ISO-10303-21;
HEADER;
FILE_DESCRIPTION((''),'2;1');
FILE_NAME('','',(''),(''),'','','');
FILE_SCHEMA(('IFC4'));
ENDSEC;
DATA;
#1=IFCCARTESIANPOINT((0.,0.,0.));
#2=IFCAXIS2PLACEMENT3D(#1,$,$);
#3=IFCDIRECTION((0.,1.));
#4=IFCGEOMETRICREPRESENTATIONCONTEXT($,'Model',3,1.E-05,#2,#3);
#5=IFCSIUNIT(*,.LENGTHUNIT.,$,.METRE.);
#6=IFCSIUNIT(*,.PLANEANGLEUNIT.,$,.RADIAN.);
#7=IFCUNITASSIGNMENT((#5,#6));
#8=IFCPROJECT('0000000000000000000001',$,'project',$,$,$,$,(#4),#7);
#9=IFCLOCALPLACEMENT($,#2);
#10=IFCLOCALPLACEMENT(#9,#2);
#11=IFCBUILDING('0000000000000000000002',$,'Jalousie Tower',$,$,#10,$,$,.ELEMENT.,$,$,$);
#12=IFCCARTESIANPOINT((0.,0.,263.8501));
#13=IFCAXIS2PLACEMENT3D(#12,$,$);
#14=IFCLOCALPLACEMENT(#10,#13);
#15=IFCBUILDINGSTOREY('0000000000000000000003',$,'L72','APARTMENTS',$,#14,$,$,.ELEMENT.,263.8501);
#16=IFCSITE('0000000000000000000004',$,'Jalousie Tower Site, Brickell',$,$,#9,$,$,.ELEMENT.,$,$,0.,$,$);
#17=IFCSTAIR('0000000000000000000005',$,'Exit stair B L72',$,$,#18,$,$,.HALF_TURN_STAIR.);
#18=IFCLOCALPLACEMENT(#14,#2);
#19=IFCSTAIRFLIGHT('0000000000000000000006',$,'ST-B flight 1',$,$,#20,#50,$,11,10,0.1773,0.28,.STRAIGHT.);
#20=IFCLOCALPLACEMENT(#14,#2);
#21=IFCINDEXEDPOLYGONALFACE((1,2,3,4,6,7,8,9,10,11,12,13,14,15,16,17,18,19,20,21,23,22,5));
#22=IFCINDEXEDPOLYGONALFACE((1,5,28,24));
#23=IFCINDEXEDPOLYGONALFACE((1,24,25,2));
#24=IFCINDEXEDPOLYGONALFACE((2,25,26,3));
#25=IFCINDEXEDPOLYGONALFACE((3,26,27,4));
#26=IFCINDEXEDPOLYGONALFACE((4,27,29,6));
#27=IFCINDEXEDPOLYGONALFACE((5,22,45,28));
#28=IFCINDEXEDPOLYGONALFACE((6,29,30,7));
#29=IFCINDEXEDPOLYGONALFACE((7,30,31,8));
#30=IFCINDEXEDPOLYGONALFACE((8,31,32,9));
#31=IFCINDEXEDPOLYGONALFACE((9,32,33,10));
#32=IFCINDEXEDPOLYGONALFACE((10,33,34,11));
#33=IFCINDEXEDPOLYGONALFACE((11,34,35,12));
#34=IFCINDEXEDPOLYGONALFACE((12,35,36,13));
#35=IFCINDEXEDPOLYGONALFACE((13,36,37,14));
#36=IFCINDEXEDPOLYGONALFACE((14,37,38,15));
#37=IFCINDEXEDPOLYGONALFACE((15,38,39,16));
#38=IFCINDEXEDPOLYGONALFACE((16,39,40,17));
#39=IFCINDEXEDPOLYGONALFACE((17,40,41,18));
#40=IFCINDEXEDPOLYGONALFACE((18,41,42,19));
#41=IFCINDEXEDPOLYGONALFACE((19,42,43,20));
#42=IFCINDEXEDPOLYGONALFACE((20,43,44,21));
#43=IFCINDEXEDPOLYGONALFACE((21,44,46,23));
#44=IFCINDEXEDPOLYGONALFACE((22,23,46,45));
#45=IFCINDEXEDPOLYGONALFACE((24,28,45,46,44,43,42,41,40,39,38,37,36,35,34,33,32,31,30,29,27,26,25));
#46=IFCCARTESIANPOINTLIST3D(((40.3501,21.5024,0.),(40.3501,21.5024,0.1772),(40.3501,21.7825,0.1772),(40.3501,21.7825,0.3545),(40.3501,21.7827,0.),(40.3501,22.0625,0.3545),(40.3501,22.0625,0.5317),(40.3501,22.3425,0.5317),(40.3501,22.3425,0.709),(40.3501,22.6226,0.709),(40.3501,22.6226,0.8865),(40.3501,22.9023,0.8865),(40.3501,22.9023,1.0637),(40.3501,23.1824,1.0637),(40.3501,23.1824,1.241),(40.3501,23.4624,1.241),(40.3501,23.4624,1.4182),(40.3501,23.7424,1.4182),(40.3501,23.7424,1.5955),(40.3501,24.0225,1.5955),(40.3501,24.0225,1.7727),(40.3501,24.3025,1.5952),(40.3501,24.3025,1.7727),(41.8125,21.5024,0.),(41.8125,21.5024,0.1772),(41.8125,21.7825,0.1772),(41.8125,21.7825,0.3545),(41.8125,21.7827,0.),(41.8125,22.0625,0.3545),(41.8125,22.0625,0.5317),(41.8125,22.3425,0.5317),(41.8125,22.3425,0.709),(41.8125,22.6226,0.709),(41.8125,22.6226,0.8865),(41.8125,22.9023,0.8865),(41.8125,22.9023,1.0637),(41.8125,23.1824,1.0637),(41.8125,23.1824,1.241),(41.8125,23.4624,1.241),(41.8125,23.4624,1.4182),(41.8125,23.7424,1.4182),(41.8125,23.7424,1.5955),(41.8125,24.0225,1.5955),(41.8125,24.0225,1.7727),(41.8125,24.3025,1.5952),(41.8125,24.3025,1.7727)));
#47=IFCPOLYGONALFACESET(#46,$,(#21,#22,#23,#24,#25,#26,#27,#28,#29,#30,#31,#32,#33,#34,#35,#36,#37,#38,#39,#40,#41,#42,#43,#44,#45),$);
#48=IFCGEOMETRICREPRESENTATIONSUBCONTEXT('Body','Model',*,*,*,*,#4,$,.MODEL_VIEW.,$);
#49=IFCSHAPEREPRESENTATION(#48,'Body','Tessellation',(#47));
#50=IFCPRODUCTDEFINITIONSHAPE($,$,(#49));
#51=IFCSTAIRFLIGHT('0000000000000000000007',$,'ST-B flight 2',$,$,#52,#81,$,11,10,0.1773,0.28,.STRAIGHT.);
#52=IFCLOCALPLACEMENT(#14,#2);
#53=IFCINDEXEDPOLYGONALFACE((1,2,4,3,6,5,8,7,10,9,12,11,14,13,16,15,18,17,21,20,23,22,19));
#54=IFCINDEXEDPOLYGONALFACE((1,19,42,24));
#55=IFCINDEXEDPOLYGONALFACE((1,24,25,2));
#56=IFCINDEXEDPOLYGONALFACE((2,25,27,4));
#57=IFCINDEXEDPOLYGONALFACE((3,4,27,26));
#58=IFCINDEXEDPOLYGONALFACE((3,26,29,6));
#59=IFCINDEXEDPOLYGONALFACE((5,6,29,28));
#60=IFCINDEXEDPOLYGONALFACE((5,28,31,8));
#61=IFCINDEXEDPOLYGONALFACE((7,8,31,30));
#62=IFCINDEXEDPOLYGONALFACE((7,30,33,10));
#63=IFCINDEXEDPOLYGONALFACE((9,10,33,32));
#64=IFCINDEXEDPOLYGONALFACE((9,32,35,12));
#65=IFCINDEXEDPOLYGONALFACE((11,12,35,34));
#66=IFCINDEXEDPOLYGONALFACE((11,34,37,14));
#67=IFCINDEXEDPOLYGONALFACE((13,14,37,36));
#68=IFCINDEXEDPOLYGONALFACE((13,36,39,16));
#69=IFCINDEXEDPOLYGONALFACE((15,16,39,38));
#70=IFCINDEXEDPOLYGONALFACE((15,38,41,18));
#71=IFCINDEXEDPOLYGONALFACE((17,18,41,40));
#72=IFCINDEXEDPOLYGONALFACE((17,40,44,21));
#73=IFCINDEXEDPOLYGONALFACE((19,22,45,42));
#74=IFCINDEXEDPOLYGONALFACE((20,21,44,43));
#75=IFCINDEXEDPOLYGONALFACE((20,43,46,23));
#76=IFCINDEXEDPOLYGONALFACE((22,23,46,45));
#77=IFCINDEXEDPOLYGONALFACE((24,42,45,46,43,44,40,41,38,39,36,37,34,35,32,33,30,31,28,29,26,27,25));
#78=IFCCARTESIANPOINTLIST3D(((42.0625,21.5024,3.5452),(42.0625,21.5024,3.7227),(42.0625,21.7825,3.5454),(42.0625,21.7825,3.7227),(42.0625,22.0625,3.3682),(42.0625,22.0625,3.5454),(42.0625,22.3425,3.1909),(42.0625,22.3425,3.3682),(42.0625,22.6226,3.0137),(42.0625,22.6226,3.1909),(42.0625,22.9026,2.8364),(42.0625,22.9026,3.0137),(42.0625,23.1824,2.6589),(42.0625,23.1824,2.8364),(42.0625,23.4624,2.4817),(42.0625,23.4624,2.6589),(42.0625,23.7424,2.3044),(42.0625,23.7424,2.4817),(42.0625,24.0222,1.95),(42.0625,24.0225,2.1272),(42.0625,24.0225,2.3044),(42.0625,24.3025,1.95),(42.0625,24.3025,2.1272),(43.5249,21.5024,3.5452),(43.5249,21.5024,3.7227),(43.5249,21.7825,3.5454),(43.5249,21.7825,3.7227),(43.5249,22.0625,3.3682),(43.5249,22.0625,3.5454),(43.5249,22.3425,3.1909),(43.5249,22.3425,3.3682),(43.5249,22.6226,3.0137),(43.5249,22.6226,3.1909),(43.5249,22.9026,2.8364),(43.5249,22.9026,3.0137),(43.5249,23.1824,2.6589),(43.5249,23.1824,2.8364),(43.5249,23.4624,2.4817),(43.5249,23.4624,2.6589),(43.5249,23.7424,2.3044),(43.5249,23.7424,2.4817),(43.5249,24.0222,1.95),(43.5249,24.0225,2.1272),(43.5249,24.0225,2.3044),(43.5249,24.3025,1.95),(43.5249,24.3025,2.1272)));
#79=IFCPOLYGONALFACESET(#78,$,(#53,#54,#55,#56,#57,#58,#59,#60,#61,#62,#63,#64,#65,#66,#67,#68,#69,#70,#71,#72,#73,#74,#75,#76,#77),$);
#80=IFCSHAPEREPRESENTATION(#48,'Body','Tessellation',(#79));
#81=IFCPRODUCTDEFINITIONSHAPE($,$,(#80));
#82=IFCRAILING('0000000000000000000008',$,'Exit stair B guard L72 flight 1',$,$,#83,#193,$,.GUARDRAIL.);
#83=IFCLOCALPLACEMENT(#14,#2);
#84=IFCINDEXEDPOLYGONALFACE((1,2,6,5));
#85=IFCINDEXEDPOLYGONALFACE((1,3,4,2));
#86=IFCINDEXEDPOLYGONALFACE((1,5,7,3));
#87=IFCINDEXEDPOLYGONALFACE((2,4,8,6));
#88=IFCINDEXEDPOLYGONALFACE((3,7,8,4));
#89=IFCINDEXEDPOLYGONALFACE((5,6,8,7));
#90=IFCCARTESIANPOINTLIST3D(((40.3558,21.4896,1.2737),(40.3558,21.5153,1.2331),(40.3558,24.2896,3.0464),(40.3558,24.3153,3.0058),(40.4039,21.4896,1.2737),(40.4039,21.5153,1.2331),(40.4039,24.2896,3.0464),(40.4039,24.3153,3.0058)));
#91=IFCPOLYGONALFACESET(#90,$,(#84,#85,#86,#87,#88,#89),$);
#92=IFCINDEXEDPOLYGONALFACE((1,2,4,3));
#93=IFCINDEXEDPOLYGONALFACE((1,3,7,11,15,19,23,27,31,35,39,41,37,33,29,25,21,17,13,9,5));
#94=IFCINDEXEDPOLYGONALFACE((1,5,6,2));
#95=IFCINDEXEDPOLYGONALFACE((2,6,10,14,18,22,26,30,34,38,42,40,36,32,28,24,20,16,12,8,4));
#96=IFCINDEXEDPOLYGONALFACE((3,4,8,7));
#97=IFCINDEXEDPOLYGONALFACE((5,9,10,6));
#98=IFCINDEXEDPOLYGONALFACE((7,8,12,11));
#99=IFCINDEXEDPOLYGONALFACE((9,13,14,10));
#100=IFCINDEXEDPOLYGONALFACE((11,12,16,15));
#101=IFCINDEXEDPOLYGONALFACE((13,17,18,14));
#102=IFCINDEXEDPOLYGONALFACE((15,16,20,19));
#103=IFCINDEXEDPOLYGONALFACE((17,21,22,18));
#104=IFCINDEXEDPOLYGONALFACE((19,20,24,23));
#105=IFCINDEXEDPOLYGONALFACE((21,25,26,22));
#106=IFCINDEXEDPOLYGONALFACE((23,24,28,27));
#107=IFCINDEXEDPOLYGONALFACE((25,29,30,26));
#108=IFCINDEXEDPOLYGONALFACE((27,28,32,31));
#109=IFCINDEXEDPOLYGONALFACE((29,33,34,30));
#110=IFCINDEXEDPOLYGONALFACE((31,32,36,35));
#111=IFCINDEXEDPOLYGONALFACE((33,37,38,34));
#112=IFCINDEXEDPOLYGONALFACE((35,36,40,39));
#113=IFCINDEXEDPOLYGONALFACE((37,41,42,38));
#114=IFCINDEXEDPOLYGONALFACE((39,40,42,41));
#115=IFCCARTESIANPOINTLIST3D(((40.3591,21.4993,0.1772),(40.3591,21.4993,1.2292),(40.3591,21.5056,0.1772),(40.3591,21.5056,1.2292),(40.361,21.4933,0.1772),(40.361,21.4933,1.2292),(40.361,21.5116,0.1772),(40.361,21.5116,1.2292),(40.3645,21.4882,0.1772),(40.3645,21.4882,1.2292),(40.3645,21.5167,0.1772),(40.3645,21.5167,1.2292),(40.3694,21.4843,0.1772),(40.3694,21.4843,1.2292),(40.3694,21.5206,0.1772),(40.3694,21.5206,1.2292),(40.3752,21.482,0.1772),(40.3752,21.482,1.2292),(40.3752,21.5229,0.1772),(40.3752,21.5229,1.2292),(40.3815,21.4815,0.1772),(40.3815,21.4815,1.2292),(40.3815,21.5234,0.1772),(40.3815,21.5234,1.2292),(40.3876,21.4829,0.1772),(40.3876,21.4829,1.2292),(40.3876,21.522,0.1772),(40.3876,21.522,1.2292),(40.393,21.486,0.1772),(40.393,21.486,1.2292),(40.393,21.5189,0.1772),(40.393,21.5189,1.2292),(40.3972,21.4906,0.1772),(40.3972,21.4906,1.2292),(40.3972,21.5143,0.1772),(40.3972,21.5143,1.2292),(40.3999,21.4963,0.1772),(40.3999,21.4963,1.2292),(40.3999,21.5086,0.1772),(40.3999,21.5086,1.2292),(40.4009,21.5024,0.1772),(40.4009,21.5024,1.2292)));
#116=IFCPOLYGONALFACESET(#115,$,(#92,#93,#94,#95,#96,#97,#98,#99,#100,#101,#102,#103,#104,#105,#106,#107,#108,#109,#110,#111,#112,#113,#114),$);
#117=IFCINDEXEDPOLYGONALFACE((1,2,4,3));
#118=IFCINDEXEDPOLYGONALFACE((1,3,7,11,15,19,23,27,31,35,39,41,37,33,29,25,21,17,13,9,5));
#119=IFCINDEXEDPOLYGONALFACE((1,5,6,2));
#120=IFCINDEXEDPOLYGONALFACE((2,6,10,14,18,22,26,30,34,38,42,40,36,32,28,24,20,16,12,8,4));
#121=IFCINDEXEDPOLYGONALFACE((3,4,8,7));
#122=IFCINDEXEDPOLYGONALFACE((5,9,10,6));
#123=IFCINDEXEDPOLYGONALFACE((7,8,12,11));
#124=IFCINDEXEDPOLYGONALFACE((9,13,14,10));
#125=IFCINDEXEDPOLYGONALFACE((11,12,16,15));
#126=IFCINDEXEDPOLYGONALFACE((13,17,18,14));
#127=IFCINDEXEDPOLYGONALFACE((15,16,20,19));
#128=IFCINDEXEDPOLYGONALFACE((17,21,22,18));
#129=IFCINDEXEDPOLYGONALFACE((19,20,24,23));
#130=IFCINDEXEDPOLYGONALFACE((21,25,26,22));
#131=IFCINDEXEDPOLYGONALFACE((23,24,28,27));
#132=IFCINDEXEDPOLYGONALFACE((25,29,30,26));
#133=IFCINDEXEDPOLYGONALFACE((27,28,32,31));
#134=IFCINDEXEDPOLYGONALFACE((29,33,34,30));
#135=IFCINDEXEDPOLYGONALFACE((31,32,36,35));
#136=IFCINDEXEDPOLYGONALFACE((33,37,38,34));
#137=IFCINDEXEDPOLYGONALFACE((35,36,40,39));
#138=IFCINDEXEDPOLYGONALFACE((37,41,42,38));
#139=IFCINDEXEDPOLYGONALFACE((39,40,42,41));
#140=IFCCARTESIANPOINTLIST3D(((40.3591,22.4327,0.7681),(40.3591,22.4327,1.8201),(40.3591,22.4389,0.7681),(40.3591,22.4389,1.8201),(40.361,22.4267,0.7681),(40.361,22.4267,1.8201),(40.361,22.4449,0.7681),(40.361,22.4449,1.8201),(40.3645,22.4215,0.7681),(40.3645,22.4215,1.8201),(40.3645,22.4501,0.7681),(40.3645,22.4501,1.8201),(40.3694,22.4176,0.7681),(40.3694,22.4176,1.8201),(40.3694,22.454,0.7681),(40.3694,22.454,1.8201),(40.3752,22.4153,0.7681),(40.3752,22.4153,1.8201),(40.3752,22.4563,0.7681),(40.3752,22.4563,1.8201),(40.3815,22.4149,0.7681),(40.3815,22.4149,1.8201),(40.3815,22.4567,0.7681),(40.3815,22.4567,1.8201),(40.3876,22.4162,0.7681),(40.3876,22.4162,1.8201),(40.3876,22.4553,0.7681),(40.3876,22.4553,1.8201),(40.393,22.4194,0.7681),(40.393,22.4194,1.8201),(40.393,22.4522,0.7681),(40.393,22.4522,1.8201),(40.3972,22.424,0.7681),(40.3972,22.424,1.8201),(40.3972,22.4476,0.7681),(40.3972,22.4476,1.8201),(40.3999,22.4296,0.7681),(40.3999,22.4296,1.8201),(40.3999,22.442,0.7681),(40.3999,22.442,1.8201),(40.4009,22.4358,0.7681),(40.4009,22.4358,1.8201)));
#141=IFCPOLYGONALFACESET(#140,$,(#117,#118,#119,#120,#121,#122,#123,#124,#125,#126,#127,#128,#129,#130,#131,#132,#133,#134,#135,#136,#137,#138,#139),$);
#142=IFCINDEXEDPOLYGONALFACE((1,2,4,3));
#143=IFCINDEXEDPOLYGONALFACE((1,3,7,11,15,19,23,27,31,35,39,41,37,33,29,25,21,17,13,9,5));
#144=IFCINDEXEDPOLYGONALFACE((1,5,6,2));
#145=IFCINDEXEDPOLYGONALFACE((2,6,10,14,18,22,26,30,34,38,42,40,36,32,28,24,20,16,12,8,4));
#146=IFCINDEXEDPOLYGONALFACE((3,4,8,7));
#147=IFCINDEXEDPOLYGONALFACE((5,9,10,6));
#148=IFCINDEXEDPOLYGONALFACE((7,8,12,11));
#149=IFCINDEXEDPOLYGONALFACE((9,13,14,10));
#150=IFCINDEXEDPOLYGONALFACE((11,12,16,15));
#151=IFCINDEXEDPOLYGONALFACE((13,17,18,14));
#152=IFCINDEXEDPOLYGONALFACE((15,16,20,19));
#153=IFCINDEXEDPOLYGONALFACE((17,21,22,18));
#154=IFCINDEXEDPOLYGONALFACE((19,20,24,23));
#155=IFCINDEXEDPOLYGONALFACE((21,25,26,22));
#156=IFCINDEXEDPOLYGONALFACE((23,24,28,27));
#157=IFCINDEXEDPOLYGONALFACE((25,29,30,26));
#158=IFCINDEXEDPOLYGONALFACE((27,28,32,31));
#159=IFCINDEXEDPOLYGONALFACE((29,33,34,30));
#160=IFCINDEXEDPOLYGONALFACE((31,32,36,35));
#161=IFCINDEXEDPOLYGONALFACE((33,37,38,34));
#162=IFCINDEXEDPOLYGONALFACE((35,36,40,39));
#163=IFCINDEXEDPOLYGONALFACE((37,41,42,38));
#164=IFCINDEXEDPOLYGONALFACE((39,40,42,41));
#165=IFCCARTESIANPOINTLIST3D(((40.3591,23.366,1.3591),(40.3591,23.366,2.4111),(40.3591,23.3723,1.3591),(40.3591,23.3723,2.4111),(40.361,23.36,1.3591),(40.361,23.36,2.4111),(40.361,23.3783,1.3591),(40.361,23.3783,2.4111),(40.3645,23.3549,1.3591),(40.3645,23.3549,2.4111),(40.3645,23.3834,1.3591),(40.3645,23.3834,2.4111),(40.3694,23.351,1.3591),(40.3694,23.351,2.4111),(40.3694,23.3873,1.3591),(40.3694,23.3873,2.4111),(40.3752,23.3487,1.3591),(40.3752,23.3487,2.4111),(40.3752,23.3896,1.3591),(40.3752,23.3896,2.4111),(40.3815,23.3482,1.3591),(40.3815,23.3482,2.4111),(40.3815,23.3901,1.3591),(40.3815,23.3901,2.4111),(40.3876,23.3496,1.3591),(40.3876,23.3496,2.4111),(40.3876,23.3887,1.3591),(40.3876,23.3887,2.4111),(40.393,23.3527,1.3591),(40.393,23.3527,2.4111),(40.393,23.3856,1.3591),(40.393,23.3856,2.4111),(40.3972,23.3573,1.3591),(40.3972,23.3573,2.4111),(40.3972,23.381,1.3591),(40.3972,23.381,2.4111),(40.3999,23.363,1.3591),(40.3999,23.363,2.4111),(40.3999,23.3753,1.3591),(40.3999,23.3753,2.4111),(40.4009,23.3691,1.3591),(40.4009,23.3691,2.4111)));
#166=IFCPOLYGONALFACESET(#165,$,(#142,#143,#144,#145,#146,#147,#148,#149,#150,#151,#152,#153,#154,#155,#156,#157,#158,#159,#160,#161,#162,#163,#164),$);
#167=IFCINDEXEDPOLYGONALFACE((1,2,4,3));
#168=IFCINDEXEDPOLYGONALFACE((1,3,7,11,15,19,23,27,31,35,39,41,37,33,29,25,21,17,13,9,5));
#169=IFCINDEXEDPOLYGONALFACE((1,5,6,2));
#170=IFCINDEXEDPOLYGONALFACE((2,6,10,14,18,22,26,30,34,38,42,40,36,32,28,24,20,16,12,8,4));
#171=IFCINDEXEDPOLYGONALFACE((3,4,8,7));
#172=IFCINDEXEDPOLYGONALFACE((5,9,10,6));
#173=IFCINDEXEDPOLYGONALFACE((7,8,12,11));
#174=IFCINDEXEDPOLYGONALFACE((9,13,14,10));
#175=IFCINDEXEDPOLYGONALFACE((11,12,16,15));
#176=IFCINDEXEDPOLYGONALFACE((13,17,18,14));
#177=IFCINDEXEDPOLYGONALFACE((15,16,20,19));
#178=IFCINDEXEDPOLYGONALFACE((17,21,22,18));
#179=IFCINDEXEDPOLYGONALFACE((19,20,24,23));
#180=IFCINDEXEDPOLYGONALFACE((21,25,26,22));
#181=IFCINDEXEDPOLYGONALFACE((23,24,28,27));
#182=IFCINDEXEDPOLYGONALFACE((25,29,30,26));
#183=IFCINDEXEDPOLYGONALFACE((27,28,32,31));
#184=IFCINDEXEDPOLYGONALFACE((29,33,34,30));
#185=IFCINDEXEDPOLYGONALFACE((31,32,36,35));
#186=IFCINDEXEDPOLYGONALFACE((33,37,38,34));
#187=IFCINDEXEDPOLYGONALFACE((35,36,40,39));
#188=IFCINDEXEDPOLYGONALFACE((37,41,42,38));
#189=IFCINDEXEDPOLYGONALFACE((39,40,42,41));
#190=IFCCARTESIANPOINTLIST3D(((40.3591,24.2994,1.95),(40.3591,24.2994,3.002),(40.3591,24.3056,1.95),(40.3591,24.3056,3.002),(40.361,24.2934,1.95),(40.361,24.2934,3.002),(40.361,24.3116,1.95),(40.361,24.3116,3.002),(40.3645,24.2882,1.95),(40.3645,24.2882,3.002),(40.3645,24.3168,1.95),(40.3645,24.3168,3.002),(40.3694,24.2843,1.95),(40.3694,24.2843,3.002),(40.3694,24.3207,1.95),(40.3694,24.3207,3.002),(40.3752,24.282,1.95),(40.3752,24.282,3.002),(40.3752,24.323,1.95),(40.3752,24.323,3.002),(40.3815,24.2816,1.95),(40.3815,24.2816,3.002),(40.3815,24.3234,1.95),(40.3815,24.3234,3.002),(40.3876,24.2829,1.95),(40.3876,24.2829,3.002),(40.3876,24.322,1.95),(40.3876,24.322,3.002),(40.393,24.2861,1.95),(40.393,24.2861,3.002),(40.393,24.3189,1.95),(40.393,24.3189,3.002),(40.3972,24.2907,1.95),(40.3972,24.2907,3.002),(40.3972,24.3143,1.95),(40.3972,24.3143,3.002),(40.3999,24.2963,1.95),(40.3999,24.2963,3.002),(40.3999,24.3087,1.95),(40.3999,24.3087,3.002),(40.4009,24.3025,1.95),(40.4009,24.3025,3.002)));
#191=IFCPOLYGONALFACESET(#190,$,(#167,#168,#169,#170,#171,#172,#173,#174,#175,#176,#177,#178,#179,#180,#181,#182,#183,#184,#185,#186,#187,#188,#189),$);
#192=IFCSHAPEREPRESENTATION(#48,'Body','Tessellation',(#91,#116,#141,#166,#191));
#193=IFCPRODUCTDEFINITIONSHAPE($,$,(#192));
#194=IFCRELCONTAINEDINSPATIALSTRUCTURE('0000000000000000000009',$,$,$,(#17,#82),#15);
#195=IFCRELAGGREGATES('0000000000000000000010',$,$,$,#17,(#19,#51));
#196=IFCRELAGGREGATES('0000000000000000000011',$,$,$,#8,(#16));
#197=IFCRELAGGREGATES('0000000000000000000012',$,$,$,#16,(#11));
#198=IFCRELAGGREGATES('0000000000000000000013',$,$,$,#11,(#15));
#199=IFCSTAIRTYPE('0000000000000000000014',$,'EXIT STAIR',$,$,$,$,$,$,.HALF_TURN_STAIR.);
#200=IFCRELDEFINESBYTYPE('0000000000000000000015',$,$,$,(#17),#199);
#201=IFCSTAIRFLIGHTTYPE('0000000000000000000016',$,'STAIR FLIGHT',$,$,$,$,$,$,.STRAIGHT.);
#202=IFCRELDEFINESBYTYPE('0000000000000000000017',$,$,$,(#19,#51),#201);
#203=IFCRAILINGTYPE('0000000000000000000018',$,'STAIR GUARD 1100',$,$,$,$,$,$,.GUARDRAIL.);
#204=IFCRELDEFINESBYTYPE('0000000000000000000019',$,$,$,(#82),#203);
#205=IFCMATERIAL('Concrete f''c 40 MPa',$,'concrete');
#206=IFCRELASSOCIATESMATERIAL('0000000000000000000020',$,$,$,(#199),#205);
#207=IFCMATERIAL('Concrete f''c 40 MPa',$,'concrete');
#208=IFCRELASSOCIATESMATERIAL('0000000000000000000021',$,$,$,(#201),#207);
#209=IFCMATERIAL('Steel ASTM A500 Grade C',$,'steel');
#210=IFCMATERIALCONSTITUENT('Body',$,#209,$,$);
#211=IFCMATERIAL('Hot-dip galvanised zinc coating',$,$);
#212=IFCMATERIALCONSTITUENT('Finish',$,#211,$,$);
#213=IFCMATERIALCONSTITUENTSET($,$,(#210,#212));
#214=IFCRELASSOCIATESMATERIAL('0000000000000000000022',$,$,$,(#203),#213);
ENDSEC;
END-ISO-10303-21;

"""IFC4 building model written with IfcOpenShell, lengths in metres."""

from ifc_helpers import new_model, si_unit, direction, frame, origin, origin_2d, place, context, subcontext, project, spatial, polyline, rectangle, circle, outline, extrude, material, constituent, constituent_set, type_object, element, aggregate, save


model = new_model("IFC4")

# Units and contexts
model_context = context("Model", 3, precision=1e-05, world=origin(), true_north=direction((0.0, 1.0)))
body_context = subcontext(model_context, "Body", "Model", "MODEL_VIEW")
ifc_project = project(units=[si_unit("LENGTHUNIT", "METRE"), si_unit("PLANEANGLEUNIT", "RADIAN")], contexts=[model_context])

# Site, building, storey
site_placement = place(None, origin())
site = spatial("IfcSite", under=ifc_project, at=site_placement, Name="Jalousie Tower Site, Brickell", CompositionType="ELEMENT", RefElevation=0.0)
building_placement = place(site_placement, origin())
building = spatial("IfcBuilding", under=site, at=building_placement, Name="Jalousie Tower", CompositionType="ELEMENT")
storey_placement = place(building_placement, frame((0.0, 0.0, 263.8501)))
storey = spatial("IfcBuildingStorey", under=building, at=storey_placement, Name="L72", Description="APARTMENTS", CompositionType="ELEMENT", Elevation=263.8501)

# Stair, stair flights
ifc_material_1 = material(Name="Concrete f'c 40 MPa", Category="concrete")
stair_type = type_object("IfcStairType", Name="EXIT STAIR", PredefinedType="HALF_TURN_STAIR", material=ifc_material_1)
stair_placement = place(storey_placement, origin())
stair = element("IfcStair", 1, at=stair_placement, inside=storey, type_object=stair_type, Name="Exit stair B L72", PredefinedType="HALF_TURN_STAIR")
ifc_material_2 = material(Name="Concrete f'c 40 MPa", Category="concrete")
stair_flight_type = type_object("IfcStairFlightType", Name="STAIR FLIGHT", PredefinedType="STRAIGHT", material=ifc_material_2)
stair_flight_1_placement = place(storey_placement, frame((41.0813, 21.5024, 0.0), z_axis=(0.0, 0.0, 1.0), x_axis=(0.0, 1.0, 0.0)))
stair_flight_1 = element("IfcStairFlight", 2, at=stair_flight_1_placement, type_object=stair_flight_type, Name="ST-B flight 1", NumberOfRisers=11, NumberOfTreads=10, PredefinedType="STRAIGHT", RiserHeight=0.1773, TreadLength=0.28, context=body_context, shape_type="SweptSolid", body=[
    extrude(outline(polyline([(0.0, 0.0), (0.0, 0.1772), (0.28, 0.1772), (0.28, 0.3545), (0.5601, 0.3545), (0.5601, 0.5317), (0.8401, 0.5317), (0.8401, 0.709), (1.1201, 0.709), (1.1201, 0.8865), (1.3999, 0.8865), (1.3999, 1.0637), (1.6799, 1.0637), (1.6799, 1.241), (1.96, 1.241), (1.96, 1.4182), (2.24, 1.4182), (2.24, 1.5955), (2.52, 1.5955), (2.52, 1.7727), (2.8, 1.7727), (2.8, 1.95), (2.8, 1.5952), (0.2803, 0.0), (0.0, 0.0)])), frame((0.0, 0.7312, 0.0), z_axis=(0.0, -1.0, 0.0), x_axis=(1.0, 0.0, 0.0)), (0.0, 0.0, 1.0), 1.4624),
])
stair_flight_2_placement = place(storey_placement, frame((42.7937, 24.3025, 1.95), z_axis=(0.0, 0.0, 1.0), x_axis=(0.0, -1.0, 0.0)))
stair_flight_2 = element("IfcStairFlight", 3, at=stair_flight_2_placement, type_object=stair_flight_type, Name="ST-B flight 2", NumberOfRisers=11, NumberOfTreads=10, PredefinedType="STRAIGHT", RiserHeight=0.1773, TreadLength=0.28, context=body_context, shape_type="SweptSolid", body=[
    extrude(outline(polyline([(0.0, 0.0), (0.0, 0.1772), (0.28, 0.1772), (0.28, 0.3545), (0.5601, 0.3545), (0.5601, 0.5317), (0.8401, 0.5317), (0.8401, 0.709), (1.1201, 0.709), (1.1201, 0.8865), (1.3999, 0.8865), (1.3999, 1.0637), (1.6799, 1.0637), (1.6799, 1.241), (1.96, 1.241), (1.96, 1.4182), (2.24, 1.4182), (2.24, 1.5955), (2.52, 1.5955), (2.52, 1.7727), (2.8, 1.7727), (2.8, 1.95), (2.8, 1.5952), (0.2803, 0.0), (0.0, 0.0)])), frame((0.0, 0.7312, 0.0), z_axis=(0.0, -1.0, 0.0), x_axis=(1.0, 0.0, 0.0)), (0.0, 0.0, 1.0), 1.4624),
])
aggregate(stair, [stair_flight_1, stair_flight_2])

# Railing
ifc_material_3 = material(Name="Steel ASTM A500 Grade C", Category="steel")
ifc_constituent_1 = constituent(ifc_material_3, Name="Body")
ifc_material_4 = material(Name="Hot-dip galvanised zinc coating")
ifc_constituent_2 = constituent(ifc_material_4, Name="Finish")
ifc_constituent_set_1 = constituent_set(constituents=[ifc_constituent_1, ifc_constituent_2])
railing_type_1 = type_object("IfcRailingType", Name="STAIR GUARD 1100", PredefinedType="GUARDRAIL", material=ifc_constituent_set_1)
railing_1_placement = place(storey_placement, frame((40.3799, 21.5024, 0.1772)))
element("IfcRailing", 4, at=railing_1_placement, inside=storey, type_object=railing_type_1, Name="Exit stair B guard L72 flight 1", PredefinedType="GUARDRAIL", context=body_context, shape_type="SweptSolid", body=[
    extrude(rectangle(XDim=0.0481, YDim=0.0481, at=origin_2d()), frame((0.0, 0.0, 1.0762), z_axis=(0.0, 0.844909, 0.53491), x_axis=(-1.0, 0.0, 0.0)), (0.0, 0.0, 1.0), 3.314),
    extrude(circle(Radius=0.021, at=origin_2d()), origin(), (0.0, 0.0, 1.0), 1.052),
    extrude(circle(Radius=0.021, at=origin_2d()), frame((0.0, 0.9333, 0.5908)), (0.0, 0.0, 1.0), 1.052),
    extrude(circle(Radius=0.021, at=origin_2d()), frame((0.0, 1.8667, 1.1819)), (0.0, 0.0, 1.0), 1.052),
    extrude(circle(Radius=0.021, at=origin_2d()), frame((0.0, 2.8, 1.7727)), (0.0, 0.0, 1.0), 1.052),
])

save(model, "model.ifc")
